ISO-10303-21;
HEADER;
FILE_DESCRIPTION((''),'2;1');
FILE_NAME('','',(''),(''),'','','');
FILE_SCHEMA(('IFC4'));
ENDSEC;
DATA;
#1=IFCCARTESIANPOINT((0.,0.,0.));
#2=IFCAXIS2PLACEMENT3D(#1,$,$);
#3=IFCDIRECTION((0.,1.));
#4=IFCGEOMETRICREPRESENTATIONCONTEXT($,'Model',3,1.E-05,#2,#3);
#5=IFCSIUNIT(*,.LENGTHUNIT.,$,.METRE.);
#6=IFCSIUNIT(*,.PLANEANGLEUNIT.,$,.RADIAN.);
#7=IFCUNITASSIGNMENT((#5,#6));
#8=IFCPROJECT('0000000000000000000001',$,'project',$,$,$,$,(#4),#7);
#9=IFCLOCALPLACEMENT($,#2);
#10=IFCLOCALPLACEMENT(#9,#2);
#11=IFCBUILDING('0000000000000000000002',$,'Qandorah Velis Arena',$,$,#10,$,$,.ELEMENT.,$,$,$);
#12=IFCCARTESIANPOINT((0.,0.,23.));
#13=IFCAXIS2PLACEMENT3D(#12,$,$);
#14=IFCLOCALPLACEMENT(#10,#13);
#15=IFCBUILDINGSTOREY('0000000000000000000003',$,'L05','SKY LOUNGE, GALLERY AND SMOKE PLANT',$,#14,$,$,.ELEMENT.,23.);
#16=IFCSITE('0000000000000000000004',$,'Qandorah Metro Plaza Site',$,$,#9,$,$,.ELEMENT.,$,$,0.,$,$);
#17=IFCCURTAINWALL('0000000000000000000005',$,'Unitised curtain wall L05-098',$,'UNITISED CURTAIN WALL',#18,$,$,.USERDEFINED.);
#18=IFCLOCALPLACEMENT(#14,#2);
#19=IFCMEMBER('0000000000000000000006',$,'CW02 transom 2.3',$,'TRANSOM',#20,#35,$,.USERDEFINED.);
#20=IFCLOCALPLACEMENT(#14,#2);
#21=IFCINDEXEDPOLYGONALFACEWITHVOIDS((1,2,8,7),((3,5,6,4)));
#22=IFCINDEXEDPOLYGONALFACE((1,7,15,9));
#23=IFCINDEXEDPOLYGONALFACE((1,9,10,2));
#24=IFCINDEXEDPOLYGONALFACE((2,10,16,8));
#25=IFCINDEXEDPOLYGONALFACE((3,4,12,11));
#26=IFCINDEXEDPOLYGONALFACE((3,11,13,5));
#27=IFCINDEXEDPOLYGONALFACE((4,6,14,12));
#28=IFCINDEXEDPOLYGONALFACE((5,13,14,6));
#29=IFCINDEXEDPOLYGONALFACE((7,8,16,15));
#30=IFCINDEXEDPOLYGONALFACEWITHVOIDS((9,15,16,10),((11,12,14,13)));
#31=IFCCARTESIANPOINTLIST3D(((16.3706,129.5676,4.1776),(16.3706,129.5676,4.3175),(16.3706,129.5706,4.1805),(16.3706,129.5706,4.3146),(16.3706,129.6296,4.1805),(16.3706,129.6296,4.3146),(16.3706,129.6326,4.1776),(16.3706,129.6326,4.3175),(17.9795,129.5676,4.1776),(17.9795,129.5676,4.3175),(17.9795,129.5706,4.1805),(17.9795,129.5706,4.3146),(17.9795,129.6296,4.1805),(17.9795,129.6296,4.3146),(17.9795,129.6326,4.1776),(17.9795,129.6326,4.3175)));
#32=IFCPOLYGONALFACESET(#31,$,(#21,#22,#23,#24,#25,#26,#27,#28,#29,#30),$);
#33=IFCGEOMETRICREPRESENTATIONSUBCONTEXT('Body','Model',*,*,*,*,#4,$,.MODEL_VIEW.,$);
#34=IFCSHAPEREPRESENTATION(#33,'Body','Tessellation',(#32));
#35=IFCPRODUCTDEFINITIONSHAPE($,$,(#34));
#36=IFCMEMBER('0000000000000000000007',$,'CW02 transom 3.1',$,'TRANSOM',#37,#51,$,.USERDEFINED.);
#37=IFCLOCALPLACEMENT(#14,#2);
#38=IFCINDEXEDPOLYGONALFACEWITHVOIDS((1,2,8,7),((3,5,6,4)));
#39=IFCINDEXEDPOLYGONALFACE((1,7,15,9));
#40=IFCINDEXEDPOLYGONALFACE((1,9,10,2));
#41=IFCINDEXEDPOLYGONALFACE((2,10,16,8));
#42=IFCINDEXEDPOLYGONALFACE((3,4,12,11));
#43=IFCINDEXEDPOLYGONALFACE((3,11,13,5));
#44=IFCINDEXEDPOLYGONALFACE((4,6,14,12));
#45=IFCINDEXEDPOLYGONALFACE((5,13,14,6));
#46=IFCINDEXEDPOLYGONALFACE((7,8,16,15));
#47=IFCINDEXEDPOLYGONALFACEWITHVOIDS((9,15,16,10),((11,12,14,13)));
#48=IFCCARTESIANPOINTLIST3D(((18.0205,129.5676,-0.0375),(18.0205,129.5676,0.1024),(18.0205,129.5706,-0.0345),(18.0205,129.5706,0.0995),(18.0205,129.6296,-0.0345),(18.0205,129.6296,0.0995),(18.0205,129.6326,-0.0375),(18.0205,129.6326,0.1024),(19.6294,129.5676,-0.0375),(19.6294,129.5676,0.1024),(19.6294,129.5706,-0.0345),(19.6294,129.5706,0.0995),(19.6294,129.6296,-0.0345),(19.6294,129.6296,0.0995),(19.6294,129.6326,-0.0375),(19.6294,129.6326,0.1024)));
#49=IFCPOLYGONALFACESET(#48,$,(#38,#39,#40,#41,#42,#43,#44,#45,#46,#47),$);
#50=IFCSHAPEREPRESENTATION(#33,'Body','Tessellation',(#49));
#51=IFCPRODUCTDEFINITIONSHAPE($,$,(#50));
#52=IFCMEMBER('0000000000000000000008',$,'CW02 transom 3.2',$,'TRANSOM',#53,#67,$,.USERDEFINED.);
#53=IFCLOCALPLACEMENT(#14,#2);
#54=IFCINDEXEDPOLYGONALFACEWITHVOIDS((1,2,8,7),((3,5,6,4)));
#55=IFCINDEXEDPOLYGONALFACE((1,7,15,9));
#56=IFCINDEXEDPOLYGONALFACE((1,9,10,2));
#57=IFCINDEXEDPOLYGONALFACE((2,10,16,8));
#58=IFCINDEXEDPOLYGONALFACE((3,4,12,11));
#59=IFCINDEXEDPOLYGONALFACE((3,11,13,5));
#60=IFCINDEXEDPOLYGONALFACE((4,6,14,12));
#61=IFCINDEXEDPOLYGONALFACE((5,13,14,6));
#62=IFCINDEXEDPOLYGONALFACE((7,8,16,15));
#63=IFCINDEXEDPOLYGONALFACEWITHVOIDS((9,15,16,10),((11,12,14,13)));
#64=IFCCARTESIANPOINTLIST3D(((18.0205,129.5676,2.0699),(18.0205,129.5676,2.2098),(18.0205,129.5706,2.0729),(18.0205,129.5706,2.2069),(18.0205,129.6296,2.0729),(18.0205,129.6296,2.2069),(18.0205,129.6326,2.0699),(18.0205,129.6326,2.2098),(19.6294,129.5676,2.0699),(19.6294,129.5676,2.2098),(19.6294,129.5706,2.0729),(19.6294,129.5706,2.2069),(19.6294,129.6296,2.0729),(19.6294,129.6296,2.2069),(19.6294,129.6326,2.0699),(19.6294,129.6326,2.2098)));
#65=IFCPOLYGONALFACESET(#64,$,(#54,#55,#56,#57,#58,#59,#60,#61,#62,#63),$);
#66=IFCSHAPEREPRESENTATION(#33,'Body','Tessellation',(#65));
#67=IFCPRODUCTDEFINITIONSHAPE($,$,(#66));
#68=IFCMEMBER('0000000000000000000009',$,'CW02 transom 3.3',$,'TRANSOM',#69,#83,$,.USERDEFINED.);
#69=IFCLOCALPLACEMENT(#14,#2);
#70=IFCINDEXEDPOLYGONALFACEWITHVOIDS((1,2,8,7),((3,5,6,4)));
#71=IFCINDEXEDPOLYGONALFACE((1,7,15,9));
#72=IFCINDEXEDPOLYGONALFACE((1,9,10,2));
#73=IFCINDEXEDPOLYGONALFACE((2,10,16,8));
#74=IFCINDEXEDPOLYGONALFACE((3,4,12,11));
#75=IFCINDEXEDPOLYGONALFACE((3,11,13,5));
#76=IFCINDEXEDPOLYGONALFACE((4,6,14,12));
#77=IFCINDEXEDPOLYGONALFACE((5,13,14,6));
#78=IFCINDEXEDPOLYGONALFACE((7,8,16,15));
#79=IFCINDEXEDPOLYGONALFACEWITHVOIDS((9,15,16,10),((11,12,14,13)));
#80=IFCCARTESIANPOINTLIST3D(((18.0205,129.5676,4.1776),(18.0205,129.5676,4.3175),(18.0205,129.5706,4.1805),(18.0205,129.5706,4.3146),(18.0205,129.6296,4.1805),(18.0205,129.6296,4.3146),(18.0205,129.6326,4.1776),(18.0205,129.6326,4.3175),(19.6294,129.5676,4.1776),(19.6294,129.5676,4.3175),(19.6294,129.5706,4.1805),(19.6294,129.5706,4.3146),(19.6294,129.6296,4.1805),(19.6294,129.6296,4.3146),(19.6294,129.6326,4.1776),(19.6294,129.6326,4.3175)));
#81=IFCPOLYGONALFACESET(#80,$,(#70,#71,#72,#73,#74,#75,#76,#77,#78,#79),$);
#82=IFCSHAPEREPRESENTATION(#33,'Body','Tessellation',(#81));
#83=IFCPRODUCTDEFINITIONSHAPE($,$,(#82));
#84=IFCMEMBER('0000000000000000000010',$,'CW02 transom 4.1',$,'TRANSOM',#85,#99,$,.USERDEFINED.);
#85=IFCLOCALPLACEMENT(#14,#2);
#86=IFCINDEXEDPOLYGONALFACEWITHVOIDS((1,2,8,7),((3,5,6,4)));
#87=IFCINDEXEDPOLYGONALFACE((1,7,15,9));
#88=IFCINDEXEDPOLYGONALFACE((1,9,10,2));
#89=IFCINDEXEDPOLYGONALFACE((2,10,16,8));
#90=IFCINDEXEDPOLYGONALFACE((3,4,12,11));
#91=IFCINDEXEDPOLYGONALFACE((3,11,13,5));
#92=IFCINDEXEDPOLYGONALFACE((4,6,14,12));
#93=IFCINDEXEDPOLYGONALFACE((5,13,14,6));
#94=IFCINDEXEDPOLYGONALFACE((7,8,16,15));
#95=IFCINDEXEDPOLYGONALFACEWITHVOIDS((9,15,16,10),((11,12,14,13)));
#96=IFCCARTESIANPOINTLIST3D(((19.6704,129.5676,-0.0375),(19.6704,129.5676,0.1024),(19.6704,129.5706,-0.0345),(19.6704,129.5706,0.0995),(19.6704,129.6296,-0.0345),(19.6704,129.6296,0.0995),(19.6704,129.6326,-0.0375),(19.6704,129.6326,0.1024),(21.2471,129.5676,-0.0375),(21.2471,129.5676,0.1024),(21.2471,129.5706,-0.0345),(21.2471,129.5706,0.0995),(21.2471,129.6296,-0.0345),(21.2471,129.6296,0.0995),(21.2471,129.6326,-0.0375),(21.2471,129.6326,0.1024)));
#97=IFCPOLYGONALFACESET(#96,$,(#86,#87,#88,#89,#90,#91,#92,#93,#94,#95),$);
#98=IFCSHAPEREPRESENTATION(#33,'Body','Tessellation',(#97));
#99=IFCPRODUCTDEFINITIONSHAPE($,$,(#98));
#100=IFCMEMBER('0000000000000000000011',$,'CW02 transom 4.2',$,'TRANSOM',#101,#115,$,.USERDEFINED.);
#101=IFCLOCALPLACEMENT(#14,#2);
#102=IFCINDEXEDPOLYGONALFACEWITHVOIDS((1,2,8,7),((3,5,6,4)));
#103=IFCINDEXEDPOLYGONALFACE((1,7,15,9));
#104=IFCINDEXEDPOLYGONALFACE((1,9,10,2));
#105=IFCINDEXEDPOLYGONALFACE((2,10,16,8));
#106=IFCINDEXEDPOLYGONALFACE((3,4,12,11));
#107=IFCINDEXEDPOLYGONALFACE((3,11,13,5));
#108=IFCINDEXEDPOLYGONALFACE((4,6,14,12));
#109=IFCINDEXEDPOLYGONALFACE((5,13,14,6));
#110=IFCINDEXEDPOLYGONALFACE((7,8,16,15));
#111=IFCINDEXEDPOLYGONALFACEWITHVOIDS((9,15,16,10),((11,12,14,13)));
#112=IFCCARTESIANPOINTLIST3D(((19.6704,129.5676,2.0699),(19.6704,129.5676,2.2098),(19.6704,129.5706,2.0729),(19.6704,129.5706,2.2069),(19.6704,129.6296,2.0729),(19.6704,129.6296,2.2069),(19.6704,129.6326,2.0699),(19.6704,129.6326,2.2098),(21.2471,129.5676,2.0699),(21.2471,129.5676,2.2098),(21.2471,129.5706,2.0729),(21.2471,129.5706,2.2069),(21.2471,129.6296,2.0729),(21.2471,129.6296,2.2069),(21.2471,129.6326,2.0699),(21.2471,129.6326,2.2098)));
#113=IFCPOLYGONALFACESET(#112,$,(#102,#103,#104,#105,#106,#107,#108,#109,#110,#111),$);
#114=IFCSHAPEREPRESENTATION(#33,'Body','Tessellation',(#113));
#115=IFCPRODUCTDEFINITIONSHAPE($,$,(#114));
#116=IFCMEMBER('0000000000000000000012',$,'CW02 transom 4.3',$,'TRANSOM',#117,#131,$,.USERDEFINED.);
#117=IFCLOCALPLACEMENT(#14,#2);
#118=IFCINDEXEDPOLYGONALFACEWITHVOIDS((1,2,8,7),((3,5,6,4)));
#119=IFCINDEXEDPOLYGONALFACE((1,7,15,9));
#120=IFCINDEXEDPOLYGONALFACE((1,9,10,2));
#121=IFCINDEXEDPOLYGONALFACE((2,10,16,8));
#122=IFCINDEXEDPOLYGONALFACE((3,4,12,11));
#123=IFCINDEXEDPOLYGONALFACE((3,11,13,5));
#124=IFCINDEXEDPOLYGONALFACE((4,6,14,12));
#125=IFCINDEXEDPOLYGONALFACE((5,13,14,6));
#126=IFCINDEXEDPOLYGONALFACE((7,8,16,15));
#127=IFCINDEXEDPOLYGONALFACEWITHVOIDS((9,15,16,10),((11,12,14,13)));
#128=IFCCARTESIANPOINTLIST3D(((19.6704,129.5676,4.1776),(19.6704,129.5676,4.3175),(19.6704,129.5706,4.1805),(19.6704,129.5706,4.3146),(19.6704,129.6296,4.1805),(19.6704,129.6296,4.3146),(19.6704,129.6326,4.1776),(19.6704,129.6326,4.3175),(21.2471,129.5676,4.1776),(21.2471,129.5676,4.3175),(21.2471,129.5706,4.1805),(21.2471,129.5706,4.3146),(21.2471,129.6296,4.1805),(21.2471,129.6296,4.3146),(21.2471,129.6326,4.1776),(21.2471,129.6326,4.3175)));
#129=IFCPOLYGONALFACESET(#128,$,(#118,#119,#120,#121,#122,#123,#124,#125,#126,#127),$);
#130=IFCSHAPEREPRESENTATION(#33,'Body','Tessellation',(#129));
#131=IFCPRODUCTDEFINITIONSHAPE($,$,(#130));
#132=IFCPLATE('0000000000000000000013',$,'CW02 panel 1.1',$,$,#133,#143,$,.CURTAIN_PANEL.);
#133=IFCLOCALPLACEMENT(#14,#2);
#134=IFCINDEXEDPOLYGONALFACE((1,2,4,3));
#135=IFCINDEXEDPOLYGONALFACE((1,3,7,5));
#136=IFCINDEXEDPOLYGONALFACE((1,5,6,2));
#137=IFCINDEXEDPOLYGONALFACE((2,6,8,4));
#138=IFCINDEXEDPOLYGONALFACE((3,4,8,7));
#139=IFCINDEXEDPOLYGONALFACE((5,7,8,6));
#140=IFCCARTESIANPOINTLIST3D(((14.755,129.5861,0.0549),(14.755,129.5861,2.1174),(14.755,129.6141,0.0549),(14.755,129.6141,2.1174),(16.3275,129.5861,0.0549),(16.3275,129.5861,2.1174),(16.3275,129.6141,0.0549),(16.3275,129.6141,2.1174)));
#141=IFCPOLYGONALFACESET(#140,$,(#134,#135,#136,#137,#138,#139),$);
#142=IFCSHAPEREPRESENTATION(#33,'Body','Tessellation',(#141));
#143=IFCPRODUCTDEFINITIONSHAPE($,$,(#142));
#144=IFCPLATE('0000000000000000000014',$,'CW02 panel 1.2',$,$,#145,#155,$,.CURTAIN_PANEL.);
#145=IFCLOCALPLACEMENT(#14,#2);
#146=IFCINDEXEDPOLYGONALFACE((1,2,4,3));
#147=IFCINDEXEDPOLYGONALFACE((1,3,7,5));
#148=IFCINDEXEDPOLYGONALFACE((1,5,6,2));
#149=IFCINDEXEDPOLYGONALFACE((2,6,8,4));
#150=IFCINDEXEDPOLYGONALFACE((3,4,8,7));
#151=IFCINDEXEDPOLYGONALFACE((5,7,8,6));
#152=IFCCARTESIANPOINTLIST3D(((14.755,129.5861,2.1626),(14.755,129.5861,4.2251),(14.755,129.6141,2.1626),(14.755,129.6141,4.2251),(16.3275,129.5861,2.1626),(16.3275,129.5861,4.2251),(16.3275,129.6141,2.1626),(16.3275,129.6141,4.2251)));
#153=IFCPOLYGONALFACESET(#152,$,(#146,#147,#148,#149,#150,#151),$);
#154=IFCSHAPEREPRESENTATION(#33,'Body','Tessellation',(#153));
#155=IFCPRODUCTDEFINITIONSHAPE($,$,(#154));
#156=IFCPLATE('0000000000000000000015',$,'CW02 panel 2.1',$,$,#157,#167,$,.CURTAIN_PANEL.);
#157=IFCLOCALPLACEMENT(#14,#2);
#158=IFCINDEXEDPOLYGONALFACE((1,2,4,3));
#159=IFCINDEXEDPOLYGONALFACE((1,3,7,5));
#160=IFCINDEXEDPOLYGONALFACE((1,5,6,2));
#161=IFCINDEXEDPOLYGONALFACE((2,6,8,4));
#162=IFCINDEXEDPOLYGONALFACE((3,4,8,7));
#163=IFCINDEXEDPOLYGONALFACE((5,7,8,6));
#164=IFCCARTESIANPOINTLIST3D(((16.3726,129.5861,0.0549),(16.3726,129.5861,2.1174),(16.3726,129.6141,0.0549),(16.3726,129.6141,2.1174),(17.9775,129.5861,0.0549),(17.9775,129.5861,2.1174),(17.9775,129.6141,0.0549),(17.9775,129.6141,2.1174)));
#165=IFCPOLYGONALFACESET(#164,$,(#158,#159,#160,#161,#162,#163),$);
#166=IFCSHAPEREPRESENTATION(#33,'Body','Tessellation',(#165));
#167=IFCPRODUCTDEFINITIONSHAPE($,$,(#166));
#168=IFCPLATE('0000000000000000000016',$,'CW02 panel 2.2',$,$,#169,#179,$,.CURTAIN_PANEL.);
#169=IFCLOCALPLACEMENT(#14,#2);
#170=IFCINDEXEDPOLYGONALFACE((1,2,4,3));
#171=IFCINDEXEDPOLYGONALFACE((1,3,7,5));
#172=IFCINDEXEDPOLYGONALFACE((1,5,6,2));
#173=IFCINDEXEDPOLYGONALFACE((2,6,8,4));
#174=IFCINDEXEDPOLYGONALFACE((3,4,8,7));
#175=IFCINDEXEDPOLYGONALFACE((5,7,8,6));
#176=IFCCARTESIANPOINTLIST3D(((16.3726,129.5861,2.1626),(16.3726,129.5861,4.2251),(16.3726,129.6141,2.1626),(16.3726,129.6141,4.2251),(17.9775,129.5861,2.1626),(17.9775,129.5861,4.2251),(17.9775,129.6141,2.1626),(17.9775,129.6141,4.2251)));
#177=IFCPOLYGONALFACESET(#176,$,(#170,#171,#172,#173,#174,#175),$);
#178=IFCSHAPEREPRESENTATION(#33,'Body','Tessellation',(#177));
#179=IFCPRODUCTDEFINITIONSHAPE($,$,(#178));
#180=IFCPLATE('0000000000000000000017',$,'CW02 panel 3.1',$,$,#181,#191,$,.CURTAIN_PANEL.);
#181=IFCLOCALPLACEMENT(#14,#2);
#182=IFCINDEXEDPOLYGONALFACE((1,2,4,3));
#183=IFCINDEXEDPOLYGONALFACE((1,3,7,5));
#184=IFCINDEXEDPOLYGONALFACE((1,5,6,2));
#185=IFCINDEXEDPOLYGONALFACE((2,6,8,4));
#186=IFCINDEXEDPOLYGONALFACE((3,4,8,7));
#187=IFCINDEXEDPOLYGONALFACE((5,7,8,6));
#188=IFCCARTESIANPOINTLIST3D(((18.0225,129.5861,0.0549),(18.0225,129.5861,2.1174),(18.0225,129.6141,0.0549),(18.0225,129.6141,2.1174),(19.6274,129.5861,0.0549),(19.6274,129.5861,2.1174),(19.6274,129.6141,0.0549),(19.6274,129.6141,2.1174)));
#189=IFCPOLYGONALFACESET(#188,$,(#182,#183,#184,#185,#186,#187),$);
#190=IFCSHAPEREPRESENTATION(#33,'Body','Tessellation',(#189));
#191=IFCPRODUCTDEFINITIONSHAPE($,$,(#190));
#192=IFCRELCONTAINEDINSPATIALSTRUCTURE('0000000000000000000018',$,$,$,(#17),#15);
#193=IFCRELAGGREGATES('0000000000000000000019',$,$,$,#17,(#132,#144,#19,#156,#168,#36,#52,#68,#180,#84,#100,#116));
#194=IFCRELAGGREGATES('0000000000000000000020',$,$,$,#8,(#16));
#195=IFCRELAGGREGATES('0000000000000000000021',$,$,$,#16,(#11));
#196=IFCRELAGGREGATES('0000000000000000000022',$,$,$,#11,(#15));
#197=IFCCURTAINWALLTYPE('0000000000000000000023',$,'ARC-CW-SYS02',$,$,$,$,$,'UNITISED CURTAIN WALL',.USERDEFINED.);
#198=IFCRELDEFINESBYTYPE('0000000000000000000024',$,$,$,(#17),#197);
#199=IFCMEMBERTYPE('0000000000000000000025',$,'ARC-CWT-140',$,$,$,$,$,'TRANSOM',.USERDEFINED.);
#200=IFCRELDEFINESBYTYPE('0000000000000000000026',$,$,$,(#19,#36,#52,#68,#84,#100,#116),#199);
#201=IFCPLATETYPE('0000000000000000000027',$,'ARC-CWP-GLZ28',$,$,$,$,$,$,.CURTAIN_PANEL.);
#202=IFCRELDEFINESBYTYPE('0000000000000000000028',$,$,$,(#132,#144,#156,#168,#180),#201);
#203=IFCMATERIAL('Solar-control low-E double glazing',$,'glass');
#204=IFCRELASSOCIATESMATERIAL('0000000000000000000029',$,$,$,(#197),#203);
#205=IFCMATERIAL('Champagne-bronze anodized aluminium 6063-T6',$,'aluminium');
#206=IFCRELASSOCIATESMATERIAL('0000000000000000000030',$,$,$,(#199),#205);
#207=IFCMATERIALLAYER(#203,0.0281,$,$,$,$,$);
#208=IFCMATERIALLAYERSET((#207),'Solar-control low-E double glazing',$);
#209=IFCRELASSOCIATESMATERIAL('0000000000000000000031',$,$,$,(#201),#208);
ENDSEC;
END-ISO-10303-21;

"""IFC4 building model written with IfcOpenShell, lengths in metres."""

from ifc_helpers import new_model, si_unit, direction, frame, origin, origin_2d, place, context, subcontext, project, spatial, rectangle, hollow_rectangle, extrude, material, layer, layer_set, material_profile, profile_set, type_object, element, aggregate, save


model = new_model("IFC4")

# Units and contexts
model_context = context("Model", 3, precision=1e-05, world=origin(), true_north=direction((0.0, 1.0)))
body_context = subcontext(model_context, "Body", "Model", "MODEL_VIEW")
ifc_project = project(units=[si_unit("LENGTHUNIT", "METRE"), si_unit("PLANEANGLEUNIT", "RADIAN")], contexts=[model_context])

# Site, building, storey
site_placement = place(None, origin())
site = spatial("IfcSite", under=ifc_project, at=site_placement, Name="Qandorah Metro Plaza Site", CompositionType="ELEMENT", RefElevation=0.0)
building_placement = place(site_placement, origin())
building = spatial("IfcBuilding", under=site, at=building_placement, Name="Qandorah Velis Arena", CompositionType="ELEMENT")
storey_placement = place(building_placement, frame((0.0, 0.0, 23.0)))
storey = spatial("IfcBuildingStorey", under=building, at=storey_placement, Name="L05", Description="SKY LOUNGE, GALLERY AND SMOKE PLANT", CompositionType="ELEMENT", Elevation=23.0)

# Curtain wall
ifc_material_1 = material(Name="Solar-control low-E double glazing", Category="glass")
curtain_wall_type_1 = type_object("IfcCurtainWallType", Name="ARC-CW-SYS02", ElementType="UNITISED CURTAIN WALL", PredefinedType="USERDEFINED", material=ifc_material_1)
curtain_wall_1_placement = place(storey_placement, origin())
curtain_wall_1 = element("IfcCurtainWall", 1, at=curtain_wall_1_placement, inside=storey, type_object=curtain_wall_type_1, Name="Unitised curtain wall L05-098", ObjectType="UNITISED CURTAIN WALL", PredefinedType="USERDEFINED")
ifc_material_2 = material(Name="Champagne-bronze anodized aluminium 6063-T6", Category="aluminium")

# Members
ifc_material_profile_1 = material_profile(ifc_material_2, hollow_rectangle(XDim=0.0649, YDim=0.1399, WallThickness=0.0029, at=origin_2d()), Name="ALU TRANSOM 65x140")
ifc_profile_set_1 = profile_set([ifc_material_profile_1], Name="Champagne-bronze anodized aluminium 6063-T6")
member_type_1 = type_object("IfcMemberType", Name="ARC-CWT-140", ElementType="TRANSOM", PredefinedType="USERDEFINED", material=ifc_profile_set_1)
member_1_placement = place(storey_placement, frame((16.3706, 129.6001, 4.2476), z_axis=(1.0, 0.0, 0.0), x_axis=(0.0, 1.0, 0.0)))
member_1 = element("IfcMember", 2, at=member_1_placement, type_object=member_type_1, Name="CW02 transom 2.3", ObjectType="TRANSOM", PredefinedType="USERDEFINED", context=body_context, shape_type="SweptSolid", body=[
    extrude(hollow_rectangle(XDim=0.0649, YDim=0.1399, WallThickness=0.0029, at=origin_2d()), origin(), (0.0, 0.0, 1.0), 1.6089),
])
member_2_placement = place(storey_placement, frame((18.0205, 129.6001, 0.0325), z_axis=(1.0, 0.0, 0.0), x_axis=(0.0, 1.0, 0.0)))
member_2 = element("IfcMember", 3, at=member_2_placement, type_object=member_type_1, Name="CW02 transom 3.1", ObjectType="TRANSOM", PredefinedType="USERDEFINED", context=body_context, shape_type="SweptSolid", body=[
    extrude(hollow_rectangle(XDim=0.0649, YDim=0.1399, WallThickness=0.0029, at=origin_2d()), origin(), (0.0, 0.0, 1.0), 1.6089),
])
member_3_placement = place(storey_placement, frame((18.0205, 129.6001, 2.1399), z_axis=(1.0, 0.0, 0.0), x_axis=(0.0, 1.0, 0.0)))
member_3 = element("IfcMember", 4, at=member_3_placement, type_object=member_type_1, Name="CW02 transom 3.2", ObjectType="TRANSOM", PredefinedType="USERDEFINED", context=body_context, shape_type="SweptSolid", body=[
    extrude(hollow_rectangle(XDim=0.0649, YDim=0.1399, WallThickness=0.0029, at=origin_2d()), origin(), (0.0, 0.0, 1.0), 1.6089),
])
member_4_placement = place(storey_placement, frame((18.0205, 129.6001, 4.2476), z_axis=(1.0, 0.0, 0.0), x_axis=(0.0, 1.0, 0.0)))
member_4 = element("IfcMember", 5, at=member_4_placement, type_object=member_type_1, Name="CW02 transom 3.3", ObjectType="TRANSOM", PredefinedType="USERDEFINED", context=body_context, shape_type="SweptSolid", body=[
    extrude(hollow_rectangle(XDim=0.0649, YDim=0.1399, WallThickness=0.0029, at=origin_2d()), origin(), (0.0, 0.0, 1.0), 1.6089),
])
member_5_placement = place(storey_placement, frame((19.6704, 129.6001, 0.0325), z_axis=(1.0, 0.0, 0.0), x_axis=(0.0, 1.0, 0.0)))
member_5 = element("IfcMember", 6, at=member_5_placement, type_object=member_type_1, Name="CW02 transom 4.1", ObjectType="TRANSOM", PredefinedType="USERDEFINED", context=body_context, shape_type="SweptSolid", body=[
    extrude(hollow_rectangle(XDim=0.0649, YDim=0.1399, WallThickness=0.0029, at=origin_2d()), origin(), (0.0, 0.0, 1.0), 1.5767),
])
member_6_placement = place(storey_placement, frame((19.6704, 129.6001, 2.1399), z_axis=(1.0, 0.0, 0.0), x_axis=(0.0, 1.0, 0.0)))
member_6 = element("IfcMember", 7, at=member_6_placement, type_object=member_type_1, Name="CW02 transom 4.2", ObjectType="TRANSOM", PredefinedType="USERDEFINED", context=body_context, shape_type="SweptSolid", body=[
    extrude(hollow_rectangle(XDim=0.0649, YDim=0.1399, WallThickness=0.0029, at=origin_2d()), origin(), (0.0, 0.0, 1.0), 1.5767),
])
member_7_placement = place(storey_placement, frame((19.6704, 129.6001, 4.2476), z_axis=(1.0, 0.0, 0.0), x_axis=(0.0, 1.0, 0.0)))
member_7 = element("IfcMember", 8, at=member_7_placement, type_object=member_type_1, Name="CW02 transom 4.3", ObjectType="TRANSOM", PredefinedType="USERDEFINED", context=body_context, shape_type="SweptSolid", body=[
    extrude(hollow_rectangle(XDim=0.0649, YDim=0.1399, WallThickness=0.0029, at=origin_2d()), origin(), (0.0, 0.0, 1.0), 1.5767),
])

# Plates
ifc_layer_1 = layer(ifc_material_1, 0.0281)
ifc_layer_set_1 = layer_set([ifc_layer_1], Name="Solar-control low-E double glazing")
plate_type_1 = type_object("IfcPlateType", Name="ARC-CWP-GLZ28", PredefinedType="CURTAIN_PANEL", material=ifc_layer_set_1)
plate_1_placement = place(storey_placement, frame((15.5413, 129.6001, 0.0549), z_axis=(0.0, 0.0, 1.0), x_axis=(1.0, 0.0, 0.0)))
plate_1 = element("IfcPlate", 9, at=plate_1_placement, type_object=plate_type_1, Name="CW02 panel 1.1", PredefinedType="CURTAIN_PANEL", context=body_context, shape_type="SweptSolid", body=[
    extrude(rectangle(XDim=1.5725, YDim=0.0281, at=origin_2d()), origin(), (0.0, 0.0, 1.0), 2.0625),
])
plate_2_placement = place(storey_placement, frame((15.5413, 129.6001, 2.1626), z_axis=(0.0, 0.0, 1.0), x_axis=(1.0, 0.0, 0.0)))
plate_2 = element("IfcPlate", 10, at=plate_2_placement, type_object=plate_type_1, Name="CW02 panel 1.2", PredefinedType="CURTAIN_PANEL", context=body_context, shape_type="SweptSolid", body=[
    extrude(rectangle(XDim=1.5725, YDim=0.0281, at=origin_2d()), origin(), (0.0, 0.0, 1.0), 2.0625),
])
plate_3_placement = place(storey_placement, frame((17.175, 129.6001, 0.0549), z_axis=(0.0, 0.0, 1.0), x_axis=(1.0, 0.0, 0.0)))
plate_3 = element("IfcPlate", 11, at=plate_3_placement, type_object=plate_type_1, Name="CW02 panel 2.1", PredefinedType="CURTAIN_PANEL", context=body_context, shape_type="SweptSolid", body=[
    extrude(rectangle(XDim=1.605, YDim=0.0281, at=origin_2d()), origin(), (0.0, 0.0, 1.0), 2.0625),
])
plate_4_placement = place(storey_placement, frame((17.175, 129.6001, 2.1626), z_axis=(0.0, 0.0, 1.0), x_axis=(1.0, 0.0, 0.0)))
plate_4 = element("IfcPlate", 12, at=plate_4_placement, type_object=plate_type_1, Name="CW02 panel 2.2", PredefinedType="CURTAIN_PANEL", context=body_context, shape_type="SweptSolid", body=[
    extrude(rectangle(XDim=1.605, YDim=0.0281, at=origin_2d()), origin(), (0.0, 0.0, 1.0), 2.0625),
])
plate_5_placement = place(storey_placement, frame((18.825, 129.6001, 0.0549), z_axis=(0.0, 0.0, 1.0), x_axis=(1.0, 0.0, 0.0)))
plate_5 = element("IfcPlate", 13, at=plate_5_placement, type_object=plate_type_1, Name="CW02 panel 3.1", PredefinedType="CURTAIN_PANEL", context=body_context, shape_type="SweptSolid", body=[
    extrude(rectangle(XDim=1.605, YDim=0.0281, at=origin_2d()), origin(), (0.0, 0.0, 1.0), 2.0625),
])
aggregate(curtain_wall_1, [plate_1, plate_2, member_1, plate_3, plate_4, member_2, member_3, member_4, plate_5, member_5, member_6, member_7])

save(model, "model.ifc")
